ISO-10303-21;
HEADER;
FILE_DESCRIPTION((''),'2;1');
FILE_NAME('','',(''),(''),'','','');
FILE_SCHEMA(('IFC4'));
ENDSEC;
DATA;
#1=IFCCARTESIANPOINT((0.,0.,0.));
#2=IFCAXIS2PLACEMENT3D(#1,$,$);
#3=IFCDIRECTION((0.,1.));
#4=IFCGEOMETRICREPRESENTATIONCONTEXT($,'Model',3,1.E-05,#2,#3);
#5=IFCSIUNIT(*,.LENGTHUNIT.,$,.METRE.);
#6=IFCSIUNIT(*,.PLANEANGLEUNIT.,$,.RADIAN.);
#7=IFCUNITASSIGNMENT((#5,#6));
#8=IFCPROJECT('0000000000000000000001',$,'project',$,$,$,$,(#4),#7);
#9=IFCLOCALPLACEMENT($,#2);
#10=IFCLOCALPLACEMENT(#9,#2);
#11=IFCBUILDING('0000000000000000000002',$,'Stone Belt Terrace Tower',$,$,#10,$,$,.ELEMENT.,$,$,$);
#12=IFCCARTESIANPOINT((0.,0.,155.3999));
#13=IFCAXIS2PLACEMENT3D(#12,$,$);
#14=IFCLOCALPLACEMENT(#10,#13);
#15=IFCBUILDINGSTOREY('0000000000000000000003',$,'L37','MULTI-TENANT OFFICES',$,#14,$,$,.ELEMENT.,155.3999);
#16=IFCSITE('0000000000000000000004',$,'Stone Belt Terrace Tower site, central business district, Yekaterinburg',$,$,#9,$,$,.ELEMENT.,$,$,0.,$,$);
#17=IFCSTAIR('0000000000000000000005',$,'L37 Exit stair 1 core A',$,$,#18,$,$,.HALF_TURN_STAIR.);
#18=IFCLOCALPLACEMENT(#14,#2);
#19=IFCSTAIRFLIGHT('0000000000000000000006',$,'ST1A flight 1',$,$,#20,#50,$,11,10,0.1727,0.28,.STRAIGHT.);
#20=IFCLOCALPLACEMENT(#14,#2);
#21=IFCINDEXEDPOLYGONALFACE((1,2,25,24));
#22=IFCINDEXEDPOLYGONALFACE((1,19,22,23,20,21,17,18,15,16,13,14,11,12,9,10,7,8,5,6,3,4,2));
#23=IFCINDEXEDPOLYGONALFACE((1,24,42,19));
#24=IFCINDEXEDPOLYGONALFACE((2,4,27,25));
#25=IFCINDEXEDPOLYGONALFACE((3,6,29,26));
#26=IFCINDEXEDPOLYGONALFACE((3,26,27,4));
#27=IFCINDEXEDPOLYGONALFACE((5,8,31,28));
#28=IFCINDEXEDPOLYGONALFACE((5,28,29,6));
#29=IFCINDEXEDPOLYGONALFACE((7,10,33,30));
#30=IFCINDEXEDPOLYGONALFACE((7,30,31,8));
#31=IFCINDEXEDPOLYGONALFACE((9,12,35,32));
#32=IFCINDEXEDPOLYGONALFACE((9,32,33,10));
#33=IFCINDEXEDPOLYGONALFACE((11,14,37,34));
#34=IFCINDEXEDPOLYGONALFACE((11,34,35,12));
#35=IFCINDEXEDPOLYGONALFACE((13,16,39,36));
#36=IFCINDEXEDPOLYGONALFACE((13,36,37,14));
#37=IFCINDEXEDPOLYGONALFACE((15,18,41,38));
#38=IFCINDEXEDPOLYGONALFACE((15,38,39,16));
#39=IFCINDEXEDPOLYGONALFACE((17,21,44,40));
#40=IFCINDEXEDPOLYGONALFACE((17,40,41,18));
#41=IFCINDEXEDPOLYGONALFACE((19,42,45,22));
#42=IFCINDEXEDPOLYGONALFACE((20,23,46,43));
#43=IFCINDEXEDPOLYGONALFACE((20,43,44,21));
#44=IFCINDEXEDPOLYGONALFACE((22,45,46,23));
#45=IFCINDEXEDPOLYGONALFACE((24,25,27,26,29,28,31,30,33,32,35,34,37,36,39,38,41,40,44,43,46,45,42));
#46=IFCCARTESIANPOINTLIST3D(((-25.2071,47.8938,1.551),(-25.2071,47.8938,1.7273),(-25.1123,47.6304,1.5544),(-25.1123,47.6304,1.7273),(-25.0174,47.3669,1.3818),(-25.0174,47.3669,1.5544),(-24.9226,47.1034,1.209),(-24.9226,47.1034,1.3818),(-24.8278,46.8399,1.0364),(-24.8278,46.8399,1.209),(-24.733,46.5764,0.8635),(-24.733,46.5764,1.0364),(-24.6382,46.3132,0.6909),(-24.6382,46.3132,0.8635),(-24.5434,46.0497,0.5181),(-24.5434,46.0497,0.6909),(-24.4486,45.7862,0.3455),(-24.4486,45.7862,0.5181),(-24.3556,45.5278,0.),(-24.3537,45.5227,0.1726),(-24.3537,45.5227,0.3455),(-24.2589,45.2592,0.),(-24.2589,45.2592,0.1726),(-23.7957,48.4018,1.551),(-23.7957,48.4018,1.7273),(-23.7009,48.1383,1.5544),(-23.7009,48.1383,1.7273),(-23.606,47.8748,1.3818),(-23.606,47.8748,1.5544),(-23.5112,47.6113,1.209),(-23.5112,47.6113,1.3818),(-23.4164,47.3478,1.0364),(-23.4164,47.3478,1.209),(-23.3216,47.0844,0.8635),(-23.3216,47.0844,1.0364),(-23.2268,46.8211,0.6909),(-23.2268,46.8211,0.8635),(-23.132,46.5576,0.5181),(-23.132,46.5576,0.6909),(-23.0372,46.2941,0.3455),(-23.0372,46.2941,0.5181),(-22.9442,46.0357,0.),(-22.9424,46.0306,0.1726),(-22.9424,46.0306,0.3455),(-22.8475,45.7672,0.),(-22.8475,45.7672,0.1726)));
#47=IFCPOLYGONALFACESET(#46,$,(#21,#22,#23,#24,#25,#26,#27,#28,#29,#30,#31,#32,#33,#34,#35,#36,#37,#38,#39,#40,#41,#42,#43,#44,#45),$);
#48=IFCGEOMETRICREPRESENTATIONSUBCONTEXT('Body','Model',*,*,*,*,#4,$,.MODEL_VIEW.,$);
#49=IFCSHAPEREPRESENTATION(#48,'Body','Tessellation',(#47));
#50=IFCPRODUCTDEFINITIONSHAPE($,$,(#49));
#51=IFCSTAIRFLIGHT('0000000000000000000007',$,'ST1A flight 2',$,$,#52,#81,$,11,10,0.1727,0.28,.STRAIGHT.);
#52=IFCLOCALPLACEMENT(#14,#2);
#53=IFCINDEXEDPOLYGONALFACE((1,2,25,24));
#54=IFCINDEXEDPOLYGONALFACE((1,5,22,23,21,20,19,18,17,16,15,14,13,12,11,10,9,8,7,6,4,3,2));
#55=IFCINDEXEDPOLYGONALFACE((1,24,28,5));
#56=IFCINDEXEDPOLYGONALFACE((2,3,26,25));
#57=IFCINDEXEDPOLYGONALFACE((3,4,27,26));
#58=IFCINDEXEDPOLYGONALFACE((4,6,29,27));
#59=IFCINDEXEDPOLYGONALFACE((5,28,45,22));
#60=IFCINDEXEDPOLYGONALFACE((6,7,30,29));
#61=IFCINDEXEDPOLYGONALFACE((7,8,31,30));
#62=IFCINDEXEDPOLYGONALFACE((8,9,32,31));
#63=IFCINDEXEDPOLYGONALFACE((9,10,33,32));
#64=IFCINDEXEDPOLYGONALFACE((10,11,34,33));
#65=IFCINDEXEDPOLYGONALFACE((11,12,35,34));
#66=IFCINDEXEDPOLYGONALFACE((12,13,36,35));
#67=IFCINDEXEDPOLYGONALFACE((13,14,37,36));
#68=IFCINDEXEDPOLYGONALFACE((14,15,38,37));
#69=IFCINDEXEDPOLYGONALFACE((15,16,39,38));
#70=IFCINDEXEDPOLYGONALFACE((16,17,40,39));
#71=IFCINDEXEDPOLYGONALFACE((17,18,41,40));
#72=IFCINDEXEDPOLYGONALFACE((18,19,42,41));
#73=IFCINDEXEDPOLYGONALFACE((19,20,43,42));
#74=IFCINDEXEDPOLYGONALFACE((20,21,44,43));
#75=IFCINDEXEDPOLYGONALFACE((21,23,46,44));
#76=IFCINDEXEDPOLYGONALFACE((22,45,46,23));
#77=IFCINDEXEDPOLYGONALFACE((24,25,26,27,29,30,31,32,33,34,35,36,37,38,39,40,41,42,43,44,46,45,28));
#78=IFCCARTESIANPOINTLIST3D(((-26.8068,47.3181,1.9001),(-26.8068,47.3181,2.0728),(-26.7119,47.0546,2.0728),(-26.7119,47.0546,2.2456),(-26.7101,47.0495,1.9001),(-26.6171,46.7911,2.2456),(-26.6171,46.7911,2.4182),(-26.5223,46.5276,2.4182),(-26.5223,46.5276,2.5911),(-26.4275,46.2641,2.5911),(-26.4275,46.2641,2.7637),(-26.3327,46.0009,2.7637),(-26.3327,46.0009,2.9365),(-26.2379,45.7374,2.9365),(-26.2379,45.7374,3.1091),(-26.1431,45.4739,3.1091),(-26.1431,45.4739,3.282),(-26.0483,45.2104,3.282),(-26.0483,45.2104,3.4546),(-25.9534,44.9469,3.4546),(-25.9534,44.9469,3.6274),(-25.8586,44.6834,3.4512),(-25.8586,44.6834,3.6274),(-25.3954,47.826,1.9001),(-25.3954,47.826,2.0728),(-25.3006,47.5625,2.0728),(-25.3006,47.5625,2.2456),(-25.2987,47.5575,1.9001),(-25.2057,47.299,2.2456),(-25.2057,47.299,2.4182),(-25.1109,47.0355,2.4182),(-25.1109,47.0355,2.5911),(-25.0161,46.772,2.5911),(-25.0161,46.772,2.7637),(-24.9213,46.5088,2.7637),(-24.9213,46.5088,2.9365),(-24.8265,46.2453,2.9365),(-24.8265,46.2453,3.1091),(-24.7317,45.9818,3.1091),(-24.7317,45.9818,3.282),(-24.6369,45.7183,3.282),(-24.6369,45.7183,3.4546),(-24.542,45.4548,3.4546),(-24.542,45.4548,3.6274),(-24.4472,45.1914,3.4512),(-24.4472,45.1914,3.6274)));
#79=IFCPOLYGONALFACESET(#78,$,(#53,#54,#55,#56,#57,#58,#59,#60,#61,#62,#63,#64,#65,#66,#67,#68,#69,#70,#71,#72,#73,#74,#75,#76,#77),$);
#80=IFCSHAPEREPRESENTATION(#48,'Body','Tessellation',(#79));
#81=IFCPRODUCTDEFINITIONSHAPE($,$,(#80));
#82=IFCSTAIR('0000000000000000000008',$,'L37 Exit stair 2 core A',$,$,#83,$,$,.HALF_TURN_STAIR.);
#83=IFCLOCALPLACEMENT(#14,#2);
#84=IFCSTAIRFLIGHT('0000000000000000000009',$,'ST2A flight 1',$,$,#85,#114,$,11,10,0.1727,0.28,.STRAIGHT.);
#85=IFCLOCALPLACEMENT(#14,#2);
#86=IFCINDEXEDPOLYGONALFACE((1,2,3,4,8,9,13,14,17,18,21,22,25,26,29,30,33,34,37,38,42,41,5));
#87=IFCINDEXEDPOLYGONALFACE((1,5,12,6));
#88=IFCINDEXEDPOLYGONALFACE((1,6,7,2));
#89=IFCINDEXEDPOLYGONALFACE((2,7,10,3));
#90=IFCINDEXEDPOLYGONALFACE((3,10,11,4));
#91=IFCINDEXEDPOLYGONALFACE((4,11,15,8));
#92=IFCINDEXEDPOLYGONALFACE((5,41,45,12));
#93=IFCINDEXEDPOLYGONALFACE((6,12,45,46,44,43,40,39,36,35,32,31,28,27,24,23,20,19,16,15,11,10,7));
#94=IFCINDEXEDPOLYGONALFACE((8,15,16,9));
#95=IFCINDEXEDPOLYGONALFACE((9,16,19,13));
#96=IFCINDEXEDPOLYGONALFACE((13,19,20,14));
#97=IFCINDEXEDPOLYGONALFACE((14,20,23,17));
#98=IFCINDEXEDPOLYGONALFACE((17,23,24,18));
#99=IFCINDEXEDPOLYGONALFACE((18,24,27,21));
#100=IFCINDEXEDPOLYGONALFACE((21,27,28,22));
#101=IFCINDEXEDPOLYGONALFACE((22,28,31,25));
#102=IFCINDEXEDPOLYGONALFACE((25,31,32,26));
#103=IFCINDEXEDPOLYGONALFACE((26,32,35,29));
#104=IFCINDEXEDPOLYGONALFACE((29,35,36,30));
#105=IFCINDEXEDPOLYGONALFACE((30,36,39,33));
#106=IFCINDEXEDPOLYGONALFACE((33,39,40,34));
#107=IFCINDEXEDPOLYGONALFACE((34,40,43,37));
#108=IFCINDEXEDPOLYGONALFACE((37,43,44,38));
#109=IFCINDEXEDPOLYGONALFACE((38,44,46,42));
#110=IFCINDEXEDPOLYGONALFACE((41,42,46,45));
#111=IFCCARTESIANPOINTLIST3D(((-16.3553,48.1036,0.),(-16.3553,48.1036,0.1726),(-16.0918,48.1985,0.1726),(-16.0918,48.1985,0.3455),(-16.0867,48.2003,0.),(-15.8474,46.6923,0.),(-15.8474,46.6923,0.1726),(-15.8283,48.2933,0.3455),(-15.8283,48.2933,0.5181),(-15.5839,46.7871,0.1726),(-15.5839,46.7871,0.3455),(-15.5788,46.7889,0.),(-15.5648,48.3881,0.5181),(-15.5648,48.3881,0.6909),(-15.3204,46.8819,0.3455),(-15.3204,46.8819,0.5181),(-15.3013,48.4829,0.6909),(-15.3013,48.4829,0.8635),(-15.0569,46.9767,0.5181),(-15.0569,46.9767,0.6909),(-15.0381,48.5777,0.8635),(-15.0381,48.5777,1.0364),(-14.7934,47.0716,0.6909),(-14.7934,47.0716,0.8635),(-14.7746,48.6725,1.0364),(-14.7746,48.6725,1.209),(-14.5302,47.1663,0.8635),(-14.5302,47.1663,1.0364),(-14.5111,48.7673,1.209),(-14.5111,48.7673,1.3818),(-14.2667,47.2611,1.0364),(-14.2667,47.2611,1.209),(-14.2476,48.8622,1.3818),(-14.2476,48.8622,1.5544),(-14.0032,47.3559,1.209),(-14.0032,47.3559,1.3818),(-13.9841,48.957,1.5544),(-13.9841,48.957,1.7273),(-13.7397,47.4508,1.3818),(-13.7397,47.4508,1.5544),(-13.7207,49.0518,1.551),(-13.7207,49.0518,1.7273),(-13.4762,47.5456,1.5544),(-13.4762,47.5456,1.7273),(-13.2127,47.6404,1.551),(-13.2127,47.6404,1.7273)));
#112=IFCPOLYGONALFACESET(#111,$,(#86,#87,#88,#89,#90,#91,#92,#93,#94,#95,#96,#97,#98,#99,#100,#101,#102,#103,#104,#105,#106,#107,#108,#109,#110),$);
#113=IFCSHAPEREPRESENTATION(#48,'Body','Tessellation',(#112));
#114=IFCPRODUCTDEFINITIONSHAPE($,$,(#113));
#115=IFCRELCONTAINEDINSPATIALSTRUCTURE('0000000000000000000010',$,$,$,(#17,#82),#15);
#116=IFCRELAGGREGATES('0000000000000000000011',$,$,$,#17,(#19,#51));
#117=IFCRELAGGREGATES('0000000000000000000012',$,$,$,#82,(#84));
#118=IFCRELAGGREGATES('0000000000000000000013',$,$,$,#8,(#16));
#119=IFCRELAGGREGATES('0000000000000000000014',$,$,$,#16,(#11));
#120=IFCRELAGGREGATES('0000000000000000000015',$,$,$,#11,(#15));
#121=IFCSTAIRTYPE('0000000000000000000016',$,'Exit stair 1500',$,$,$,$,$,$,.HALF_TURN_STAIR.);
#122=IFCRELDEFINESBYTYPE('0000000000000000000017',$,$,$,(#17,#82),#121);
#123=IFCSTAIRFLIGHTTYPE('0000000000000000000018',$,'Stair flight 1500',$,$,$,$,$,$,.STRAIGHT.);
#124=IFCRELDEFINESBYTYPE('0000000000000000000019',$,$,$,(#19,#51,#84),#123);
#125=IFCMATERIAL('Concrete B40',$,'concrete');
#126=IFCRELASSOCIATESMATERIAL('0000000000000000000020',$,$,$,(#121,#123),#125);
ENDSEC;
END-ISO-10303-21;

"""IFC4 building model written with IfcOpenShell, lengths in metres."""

from ifc_helpers import new_model, si_unit, direction, frame, origin, place, context, subcontext, project, spatial, polyline, outline, extrude, material, type_object, element, aggregate, save


model = new_model("IFC4")

# Units and contexts
model_context = context("Model", 3, precision=1e-05, world=origin(), true_north=direction((0.0, 1.0)))
body_context = subcontext(model_context, "Body", "Model", "MODEL_VIEW")
ifc_project = project(units=[si_unit("LENGTHUNIT", "METRE"), si_unit("PLANEANGLEUNIT", "RADIAN")], contexts=[model_context])

# Site, building, storey
site_placement = place(None, origin())
site = spatial("IfcSite", under=ifc_project, at=site_placement, Name="Stone Belt Terrace Tower site, central business district, Yekaterinburg", CompositionType="ELEMENT", RefElevation=0.0)
building_placement = place(site_placement, origin())
building = spatial("IfcBuilding", under=site, at=building_placement, Name="Stone Belt Terrace Tower", CompositionType="ELEMENT")
storey_placement = place(building_placement, frame((0.0, 0.0, 155.3999)))
storey = spatial("IfcBuildingStorey", under=building, at=storey_placement, Name="L37", Description="MULTI-TENANT OFFICES", CompositionType="ELEMENT", Elevation=155.3999)

# Stair, stair flights
ifc_material_1 = material(Name="Concrete B40", Category="concrete")
stair_type = type_object("IfcStairType", Name="Exit stair 1500", PredefinedType="HALF_TURN_STAIR", material=ifc_material_1)
stair_1_placement = place(storey_placement, origin())
stair_1 = element("IfcStair", 1, at=stair_1_placement, inside=storey, type_object=stair_type, Name="L37 Exit stair 1 core A", PredefinedType="HALF_TURN_STAIR")
stair_flight_type = type_object("IfcStairFlightType", Name="Stair flight 1500", PredefinedType="STRAIGHT", material=ifc_material_1)
stair_flight_1_placement = place(storey_placement, frame((-23.5532, 45.5132, 0.0), z_axis=(0.0, 0.0, 1.0), x_axis=(-0.338624, 0.940922, 0.0)))
stair_flight_1 = element("IfcStairFlight", 2, at=stair_flight_1_placement, type_object=stair_flight_type, Name="ST1A flight 1", NumberOfRisers=11, NumberOfTreads=10, PredefinedType="STRAIGHT", RiserHeight=0.1727, TreadLength=0.28, context=body_context, shape_type="SweptSolid", body=[
    extrude(outline(polyline([(0.0, 0.0), (0.0, 0.1726), (0.28, 0.1726), (0.28, 0.3455), (0.5601, 0.3455), (0.5601, 0.5181), (0.8401, 0.5181), (0.8401, 0.6909), (1.1201, 0.6909), (1.1201, 0.8635), (1.3999, 0.8635), (1.3999, 1.0364), (1.6799, 1.0364), (1.6799, 1.209), (1.96, 1.209), (1.96, 1.3818), (2.24, 1.3818), (2.24, 1.5544), (2.52, 1.5544), (2.52, 1.7273), (2.8, 1.7273), (2.8, 1.8999), (2.8, 1.551), (0.2854, 0.0), (0.0, 0.0)])), frame((0.0, 0.75, 0.0), z_axis=(0.0, -1.0, 0.0), x_axis=(1.0, 0.0, 0.0)), (0.0, 0.0, 1.0), 1.5),
])
stair_flight_2_placement = place(storey_placement, frame((-26.1011, 47.572, 1.9001), z_axis=(0.0, 0.0, 1.0), x_axis=(0.338624, -0.940922, 0.0)))
stair_flight_2 = element("IfcStairFlight", 3, at=stair_flight_2_placement, type_object=stair_flight_type, Name="ST1A flight 2", NumberOfRisers=11, NumberOfTreads=10, PredefinedType="STRAIGHT", RiserHeight=0.1727, TreadLength=0.28, context=body_context, shape_type="SweptSolid", body=[
    extrude(outline(polyline([(0.0, 0.0), (0.0, 0.1726), (0.28, 0.1726), (0.28, 0.3455), (0.5601, 0.3455), (0.5601, 0.5181), (0.8401, 0.5181), (0.8401, 0.6909), (1.1201, 0.6909), (1.1201, 0.8635), (1.3999, 0.8635), (1.3999, 1.0364), (1.6799, 1.0364), (1.6799, 1.209), (1.96, 1.209), (1.96, 1.3818), (2.24, 1.3818), (2.24, 1.5544), (2.52, 1.5544), (2.52, 1.7273), (2.8, 1.7273), (2.8, 1.8999), (2.8, 1.551), (0.2854, 0.0), (0.0, 0.0)])), frame((0.0, 0.75, 0.0), z_axis=(0.0, -1.0, 0.0), x_axis=(1.0, 0.0, 0.0)), (0.0, 0.0, 1.0), 1.5),
])
aggregate(stair_1, [stair_flight_1, stair_flight_2])

# Stair, stair flight
stair_2_placement = place(storey_placement, origin())
stair_2 = element("IfcStair", 4, at=stair_2_placement, inside=storey, type_object=stair_type, Name="L37 Exit stair 2 core A", PredefinedType="HALF_TURN_STAIR")
stair_flight_3_placement = place(storey_placement, frame((-16.1013, 47.3979, 0.0), z_axis=(0.0, 0.0, 1.0), x_axis=(0.940922, 0.338624, 0.0)))
stair_flight_3 = element("IfcStairFlight", 5, at=stair_flight_3_placement, type_object=stair_flight_type, Name="ST2A flight 1", NumberOfRisers=11, NumberOfTreads=10, PredefinedType="STRAIGHT", RiserHeight=0.1727, TreadLength=0.28, context=body_context, shape_type="SweptSolid", body=[
    extrude(outline(polyline([(0.0, 0.0), (0.0, 0.1726), (0.28, 0.1726), (0.28, 0.3455), (0.5601, 0.3455), (0.5601, 0.5181), (0.8401, 0.5181), (0.8401, 0.6909), (1.1201, 0.6909), (1.1201, 0.8635), (1.3999, 0.8635), (1.3999, 1.0364), (1.6799, 1.0364), (1.6799, 1.209), (1.96, 1.209), (1.96, 1.3818), (2.24, 1.3818), (2.24, 1.5544), (2.52, 1.5544), (2.52, 1.7273), (2.8, 1.7273), (2.8, 1.8999), (2.8, 1.551), (0.2854, 0.0), (0.0, 0.0)])), frame((0.0, 0.75, 0.0), z_axis=(0.0, -1.0, 0.0), x_axis=(1.0, 0.0, 0.0)), (0.0, 0.0, 1.0), 1.5),
])
aggregate(stair_2, [stair_flight_3])

save(model, "model.ifc")
